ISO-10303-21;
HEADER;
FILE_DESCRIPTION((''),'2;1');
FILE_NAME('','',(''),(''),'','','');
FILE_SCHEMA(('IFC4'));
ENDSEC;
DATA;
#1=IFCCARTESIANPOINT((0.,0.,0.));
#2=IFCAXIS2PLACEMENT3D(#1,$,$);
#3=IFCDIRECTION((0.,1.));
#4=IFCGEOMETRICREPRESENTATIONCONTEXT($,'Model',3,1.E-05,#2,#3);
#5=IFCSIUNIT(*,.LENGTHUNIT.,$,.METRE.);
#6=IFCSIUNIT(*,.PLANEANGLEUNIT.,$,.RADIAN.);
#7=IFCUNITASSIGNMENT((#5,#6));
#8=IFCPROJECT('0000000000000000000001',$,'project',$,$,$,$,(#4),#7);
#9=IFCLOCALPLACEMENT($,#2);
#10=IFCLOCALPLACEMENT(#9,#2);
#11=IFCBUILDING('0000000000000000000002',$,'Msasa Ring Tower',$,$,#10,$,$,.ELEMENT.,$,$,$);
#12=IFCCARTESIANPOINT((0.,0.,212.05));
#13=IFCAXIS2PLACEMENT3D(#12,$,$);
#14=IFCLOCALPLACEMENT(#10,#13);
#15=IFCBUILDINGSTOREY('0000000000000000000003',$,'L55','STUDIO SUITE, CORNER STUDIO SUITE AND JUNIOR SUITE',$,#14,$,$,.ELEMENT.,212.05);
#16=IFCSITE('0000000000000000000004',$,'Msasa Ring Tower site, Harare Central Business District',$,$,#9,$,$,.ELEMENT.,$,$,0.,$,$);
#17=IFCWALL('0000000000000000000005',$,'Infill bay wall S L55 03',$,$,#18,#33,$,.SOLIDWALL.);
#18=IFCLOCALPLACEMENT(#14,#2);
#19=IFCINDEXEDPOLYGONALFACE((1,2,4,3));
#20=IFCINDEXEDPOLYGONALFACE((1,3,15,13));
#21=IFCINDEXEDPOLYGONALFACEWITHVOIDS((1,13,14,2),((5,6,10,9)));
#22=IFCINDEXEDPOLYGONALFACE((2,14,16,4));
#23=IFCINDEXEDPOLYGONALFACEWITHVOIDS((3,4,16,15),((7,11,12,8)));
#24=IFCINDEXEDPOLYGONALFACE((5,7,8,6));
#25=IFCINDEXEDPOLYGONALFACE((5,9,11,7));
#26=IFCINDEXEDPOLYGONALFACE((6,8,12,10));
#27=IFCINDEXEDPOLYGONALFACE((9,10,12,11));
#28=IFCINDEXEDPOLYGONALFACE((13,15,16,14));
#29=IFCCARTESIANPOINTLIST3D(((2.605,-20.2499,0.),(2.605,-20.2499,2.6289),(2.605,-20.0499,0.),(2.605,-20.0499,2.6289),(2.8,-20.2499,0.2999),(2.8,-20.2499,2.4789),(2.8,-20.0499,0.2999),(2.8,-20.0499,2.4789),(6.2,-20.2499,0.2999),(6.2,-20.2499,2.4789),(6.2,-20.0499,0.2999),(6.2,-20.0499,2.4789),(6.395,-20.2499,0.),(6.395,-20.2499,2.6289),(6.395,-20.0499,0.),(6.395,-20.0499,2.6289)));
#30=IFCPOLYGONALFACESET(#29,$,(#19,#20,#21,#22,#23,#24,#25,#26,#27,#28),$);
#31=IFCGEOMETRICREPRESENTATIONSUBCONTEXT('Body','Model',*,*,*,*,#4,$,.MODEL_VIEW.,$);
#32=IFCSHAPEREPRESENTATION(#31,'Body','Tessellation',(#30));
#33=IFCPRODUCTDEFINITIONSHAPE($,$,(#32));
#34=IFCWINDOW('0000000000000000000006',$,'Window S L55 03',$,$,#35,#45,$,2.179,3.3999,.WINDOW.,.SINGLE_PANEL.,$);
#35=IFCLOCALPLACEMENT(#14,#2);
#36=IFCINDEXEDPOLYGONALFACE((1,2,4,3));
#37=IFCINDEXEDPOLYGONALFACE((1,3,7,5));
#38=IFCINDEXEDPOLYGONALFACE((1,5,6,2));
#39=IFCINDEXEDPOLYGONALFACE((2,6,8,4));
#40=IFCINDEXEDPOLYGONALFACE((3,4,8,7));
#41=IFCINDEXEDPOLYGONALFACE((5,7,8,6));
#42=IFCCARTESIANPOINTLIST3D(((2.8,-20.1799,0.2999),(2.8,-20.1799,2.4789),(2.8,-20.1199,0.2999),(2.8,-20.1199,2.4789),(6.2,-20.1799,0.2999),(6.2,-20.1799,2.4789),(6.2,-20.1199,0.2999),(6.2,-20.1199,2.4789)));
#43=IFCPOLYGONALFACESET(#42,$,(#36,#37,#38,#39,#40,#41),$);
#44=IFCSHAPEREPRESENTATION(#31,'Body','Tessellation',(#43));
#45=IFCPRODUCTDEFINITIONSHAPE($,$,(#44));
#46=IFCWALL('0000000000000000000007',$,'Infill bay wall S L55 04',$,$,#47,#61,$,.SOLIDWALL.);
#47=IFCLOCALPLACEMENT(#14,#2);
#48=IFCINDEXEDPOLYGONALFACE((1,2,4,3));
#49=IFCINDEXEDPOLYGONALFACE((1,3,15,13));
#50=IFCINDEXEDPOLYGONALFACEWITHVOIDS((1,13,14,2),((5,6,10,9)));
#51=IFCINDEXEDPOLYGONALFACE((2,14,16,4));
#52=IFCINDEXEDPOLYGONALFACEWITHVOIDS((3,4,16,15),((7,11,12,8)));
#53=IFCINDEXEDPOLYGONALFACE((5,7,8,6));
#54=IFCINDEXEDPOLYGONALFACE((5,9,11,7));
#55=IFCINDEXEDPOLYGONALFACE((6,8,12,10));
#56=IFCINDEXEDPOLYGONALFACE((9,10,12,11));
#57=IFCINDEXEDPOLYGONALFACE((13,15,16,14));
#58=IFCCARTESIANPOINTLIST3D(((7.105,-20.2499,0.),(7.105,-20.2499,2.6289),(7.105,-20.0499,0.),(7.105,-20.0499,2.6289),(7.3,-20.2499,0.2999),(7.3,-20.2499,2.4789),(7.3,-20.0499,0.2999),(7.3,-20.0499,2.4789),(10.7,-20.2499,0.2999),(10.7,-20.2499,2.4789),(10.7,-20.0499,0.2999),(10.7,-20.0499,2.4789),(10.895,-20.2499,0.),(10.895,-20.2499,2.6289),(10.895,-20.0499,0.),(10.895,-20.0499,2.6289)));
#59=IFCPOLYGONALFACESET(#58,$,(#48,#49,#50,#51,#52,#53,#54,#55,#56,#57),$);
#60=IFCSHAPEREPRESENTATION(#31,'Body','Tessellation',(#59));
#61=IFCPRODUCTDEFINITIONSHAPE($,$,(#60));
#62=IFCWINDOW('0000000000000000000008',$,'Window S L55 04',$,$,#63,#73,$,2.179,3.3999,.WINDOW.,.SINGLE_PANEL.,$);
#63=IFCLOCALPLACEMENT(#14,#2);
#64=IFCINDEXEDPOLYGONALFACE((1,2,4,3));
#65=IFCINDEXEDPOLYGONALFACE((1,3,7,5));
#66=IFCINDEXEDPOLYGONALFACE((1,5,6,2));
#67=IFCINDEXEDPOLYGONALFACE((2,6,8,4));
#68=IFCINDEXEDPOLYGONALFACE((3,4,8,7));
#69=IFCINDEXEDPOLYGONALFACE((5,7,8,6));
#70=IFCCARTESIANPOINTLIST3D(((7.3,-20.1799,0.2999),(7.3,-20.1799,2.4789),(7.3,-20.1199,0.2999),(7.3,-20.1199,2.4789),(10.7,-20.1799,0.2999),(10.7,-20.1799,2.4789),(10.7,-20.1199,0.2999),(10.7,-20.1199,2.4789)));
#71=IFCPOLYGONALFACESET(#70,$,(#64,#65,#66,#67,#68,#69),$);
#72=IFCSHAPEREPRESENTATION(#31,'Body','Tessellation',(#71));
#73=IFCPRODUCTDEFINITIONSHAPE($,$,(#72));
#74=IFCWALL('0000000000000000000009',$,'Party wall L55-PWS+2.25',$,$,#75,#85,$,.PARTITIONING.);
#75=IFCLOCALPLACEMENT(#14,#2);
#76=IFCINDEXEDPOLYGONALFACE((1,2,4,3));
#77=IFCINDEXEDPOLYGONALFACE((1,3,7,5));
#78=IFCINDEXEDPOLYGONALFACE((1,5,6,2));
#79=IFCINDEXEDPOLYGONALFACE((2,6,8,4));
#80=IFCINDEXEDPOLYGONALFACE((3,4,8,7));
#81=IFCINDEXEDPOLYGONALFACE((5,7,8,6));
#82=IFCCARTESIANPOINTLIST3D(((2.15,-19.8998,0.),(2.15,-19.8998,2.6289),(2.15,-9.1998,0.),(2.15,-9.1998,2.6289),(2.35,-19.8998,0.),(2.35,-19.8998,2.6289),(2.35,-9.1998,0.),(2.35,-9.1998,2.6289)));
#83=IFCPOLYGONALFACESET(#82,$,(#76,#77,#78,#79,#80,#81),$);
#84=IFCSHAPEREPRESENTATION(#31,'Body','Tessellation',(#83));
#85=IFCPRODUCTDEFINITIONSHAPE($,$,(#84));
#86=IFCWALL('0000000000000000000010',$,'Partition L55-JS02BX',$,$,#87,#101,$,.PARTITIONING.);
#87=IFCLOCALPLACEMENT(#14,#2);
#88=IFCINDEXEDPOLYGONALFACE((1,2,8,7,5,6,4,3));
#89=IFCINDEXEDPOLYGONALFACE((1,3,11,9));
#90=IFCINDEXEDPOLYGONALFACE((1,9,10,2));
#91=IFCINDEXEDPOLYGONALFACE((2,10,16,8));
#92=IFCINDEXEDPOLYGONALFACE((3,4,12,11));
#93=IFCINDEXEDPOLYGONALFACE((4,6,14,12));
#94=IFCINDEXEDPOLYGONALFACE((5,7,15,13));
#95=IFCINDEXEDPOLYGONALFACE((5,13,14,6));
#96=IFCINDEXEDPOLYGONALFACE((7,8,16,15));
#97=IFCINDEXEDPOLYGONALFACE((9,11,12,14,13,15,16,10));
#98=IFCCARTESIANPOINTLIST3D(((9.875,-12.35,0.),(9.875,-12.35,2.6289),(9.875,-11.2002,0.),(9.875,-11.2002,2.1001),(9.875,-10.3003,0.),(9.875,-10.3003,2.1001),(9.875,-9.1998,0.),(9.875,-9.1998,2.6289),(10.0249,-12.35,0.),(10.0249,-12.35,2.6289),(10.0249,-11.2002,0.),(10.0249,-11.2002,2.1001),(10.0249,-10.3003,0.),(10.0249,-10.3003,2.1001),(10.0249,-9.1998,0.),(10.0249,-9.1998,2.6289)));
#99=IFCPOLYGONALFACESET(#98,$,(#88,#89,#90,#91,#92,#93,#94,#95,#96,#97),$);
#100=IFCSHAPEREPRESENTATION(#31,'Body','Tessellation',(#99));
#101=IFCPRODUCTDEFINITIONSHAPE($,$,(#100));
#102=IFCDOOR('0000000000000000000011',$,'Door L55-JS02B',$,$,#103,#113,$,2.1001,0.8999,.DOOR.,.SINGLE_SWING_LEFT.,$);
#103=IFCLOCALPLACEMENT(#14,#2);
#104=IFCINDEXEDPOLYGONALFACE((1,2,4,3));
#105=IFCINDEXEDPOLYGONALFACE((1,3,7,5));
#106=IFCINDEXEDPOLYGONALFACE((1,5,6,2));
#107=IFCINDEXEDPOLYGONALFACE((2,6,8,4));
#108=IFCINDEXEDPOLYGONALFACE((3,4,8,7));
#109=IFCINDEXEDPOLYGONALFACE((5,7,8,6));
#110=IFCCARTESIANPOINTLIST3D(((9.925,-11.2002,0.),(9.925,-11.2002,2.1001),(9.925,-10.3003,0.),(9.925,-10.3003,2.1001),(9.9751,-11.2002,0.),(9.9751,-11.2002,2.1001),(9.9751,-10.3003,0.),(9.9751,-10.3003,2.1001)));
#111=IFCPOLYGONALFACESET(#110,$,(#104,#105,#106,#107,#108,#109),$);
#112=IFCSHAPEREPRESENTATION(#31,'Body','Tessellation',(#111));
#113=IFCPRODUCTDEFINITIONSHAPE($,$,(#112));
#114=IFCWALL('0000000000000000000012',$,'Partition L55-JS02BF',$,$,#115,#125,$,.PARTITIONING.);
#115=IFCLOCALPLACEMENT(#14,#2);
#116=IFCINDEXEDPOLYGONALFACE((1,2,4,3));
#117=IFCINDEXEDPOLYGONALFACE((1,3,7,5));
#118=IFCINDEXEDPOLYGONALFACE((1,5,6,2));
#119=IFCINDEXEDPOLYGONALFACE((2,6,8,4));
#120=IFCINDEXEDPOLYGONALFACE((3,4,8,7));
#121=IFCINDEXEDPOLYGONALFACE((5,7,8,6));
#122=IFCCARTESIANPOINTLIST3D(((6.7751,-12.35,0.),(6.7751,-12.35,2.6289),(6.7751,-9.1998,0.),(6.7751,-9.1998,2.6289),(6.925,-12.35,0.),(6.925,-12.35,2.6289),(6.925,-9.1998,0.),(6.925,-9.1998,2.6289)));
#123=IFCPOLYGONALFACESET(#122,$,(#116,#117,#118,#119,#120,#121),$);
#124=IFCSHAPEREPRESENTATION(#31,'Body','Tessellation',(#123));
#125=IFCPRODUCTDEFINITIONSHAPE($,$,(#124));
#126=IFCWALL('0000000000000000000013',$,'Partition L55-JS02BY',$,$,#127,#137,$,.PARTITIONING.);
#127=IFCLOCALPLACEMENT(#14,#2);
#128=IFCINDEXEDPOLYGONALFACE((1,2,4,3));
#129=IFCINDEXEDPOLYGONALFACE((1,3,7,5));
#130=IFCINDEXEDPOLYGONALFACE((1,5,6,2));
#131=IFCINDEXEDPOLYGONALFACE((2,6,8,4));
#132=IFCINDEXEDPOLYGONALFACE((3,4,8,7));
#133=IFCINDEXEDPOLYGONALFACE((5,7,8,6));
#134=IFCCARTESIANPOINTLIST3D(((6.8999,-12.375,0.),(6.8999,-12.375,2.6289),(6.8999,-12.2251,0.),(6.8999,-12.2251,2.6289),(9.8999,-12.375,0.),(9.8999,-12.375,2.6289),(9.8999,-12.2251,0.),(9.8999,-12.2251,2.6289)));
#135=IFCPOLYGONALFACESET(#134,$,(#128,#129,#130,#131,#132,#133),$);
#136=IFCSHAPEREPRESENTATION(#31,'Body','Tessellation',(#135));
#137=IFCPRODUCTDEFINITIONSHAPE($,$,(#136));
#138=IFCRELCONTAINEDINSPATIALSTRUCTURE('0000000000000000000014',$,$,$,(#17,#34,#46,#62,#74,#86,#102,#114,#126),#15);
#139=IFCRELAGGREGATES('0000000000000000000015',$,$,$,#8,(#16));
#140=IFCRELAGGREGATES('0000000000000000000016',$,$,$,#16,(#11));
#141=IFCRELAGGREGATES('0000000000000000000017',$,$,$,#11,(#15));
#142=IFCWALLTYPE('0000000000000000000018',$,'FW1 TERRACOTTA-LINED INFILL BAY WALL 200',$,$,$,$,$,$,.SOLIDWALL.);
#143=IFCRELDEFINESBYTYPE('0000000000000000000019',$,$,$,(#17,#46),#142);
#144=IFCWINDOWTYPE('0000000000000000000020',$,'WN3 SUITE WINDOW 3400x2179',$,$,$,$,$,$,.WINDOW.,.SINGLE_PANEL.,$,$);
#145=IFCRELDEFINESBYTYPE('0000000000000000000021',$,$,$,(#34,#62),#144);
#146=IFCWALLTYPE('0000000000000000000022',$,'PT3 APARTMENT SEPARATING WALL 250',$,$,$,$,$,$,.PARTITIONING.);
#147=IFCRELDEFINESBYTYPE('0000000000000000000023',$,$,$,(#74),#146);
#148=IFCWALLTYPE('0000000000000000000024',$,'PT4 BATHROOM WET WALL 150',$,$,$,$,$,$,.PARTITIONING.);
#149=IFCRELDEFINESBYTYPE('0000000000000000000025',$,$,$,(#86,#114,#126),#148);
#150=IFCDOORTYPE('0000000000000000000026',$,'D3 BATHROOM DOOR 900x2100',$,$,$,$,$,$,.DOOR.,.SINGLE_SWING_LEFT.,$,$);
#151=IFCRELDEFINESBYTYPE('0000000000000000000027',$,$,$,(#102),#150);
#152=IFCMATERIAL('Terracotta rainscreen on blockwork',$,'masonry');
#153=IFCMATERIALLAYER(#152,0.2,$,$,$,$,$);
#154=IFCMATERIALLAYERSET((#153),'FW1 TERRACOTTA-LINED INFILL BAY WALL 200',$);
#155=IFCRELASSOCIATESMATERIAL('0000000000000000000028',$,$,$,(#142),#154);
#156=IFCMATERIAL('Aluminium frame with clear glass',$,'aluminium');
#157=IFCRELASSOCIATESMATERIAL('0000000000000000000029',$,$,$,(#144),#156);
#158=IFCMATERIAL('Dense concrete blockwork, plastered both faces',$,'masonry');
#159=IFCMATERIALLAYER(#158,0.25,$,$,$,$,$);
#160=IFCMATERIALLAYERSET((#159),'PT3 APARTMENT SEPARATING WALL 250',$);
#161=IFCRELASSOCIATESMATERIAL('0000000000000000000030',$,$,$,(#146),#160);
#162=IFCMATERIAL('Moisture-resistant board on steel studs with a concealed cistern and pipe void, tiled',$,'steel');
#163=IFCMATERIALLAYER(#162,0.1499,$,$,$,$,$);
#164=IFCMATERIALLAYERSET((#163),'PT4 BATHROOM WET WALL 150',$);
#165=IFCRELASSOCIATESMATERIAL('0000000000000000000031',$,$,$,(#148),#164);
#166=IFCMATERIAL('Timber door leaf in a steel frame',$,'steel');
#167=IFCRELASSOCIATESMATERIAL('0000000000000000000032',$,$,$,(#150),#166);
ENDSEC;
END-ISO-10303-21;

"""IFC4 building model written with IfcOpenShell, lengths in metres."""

from ifc_helpers import new_model, si_unit, direction, frame, frame_2d, origin, place, context, subcontext, project, spatial, rectangle, extrude, material, layer, layer_set, type_object, element, fill, save


model = new_model("IFC4")

# Units and contexts
model_context = context("Model", 3, precision=1e-05, world=origin(), true_north=direction((0.0, 1.0)))
body_context = subcontext(model_context, "Body", "Model", "MODEL_VIEW")
ifc_project = project(units=[si_unit("LENGTHUNIT", "METRE"), si_unit("PLANEANGLEUNIT", "RADIAN")], contexts=[model_context])

# Site, building, storey
site_placement = place(None, origin())
site = spatial("IfcSite", under=ifc_project, at=site_placement, Name="Msasa Ring Tower site, Harare Central Business District", CompositionType="ELEMENT", RefElevation=0.0)
building_placement = place(site_placement, origin())
building = spatial("IfcBuilding", under=site, at=building_placement, Name="Msasa Ring Tower", CompositionType="ELEMENT")
storey_placement = place(building_placement, frame((0.0, 0.0, 212.05)))
storey = spatial("IfcBuildingStorey", under=building, at=storey_placement, Name="L55", Description="STUDIO SUITE, CORNER STUDIO SUITE AND JUNIOR SUITE", CompositionType="ELEMENT", Elevation=212.05)

# Walls, openings, windows
ifc_material_1 = material(Name="Terracotta rainscreen on blockwork", Category="masonry")
ifc_layer_1 = layer(ifc_material_1, 0.2)
ifc_layer_set_1 = layer_set([ifc_layer_1], Name="FW1 TERRACOTTA-LINED INFILL BAY WALL 200")
wall_type_1 = type_object("IfcWallType", Name="FW1 TERRACOTTA-LINED INFILL BAY WALL 200", PredefinedType="SOLIDWALL", material=ifc_layer_set_1)
wall_1_placement = place(storey_placement, frame((2.605, -20.1499, 0.0), z_axis=(0.0, 0.0, 1.0), x_axis=(1.0, 0.0, 0.0)))
wall_1 = element("IfcWall", 1, at=wall_1_placement, inside=storey, type_object=wall_type_1, Name="Infill bay wall S L55 03", PredefinedType="SOLIDWALL", context=body_context, shape_type="SweptSolid", body=[
    extrude(rectangle(XDim=3.79, YDim=0.2, at=frame_2d((1.895, 0.0))), origin(), (0.0, 0.0, 1.0), 2.6289),
])
opening_1_placement = place(wall_1_placement, frame((0.1951, 0.0, 0.3)))
opening_1 = element("IfcOpeningElement", 2, at=opening_1_placement, cuts=wall_1, PredefinedType="OPENING", context=body_context, shape_type="SweptSolid", body=[
    extrude(rectangle(XDim=3.3999, YDim=2.179, at=frame_2d((1.7, 1.0894))), frame((0.0, 0.1099, 0.0), z_axis=(0.0, -1.0, 0.0), x_axis=(1.0, 0.0, 0.0)), (0.0, 0.0, 1.0), 0.22),
])
ifc_material_2 = material(Name="Aluminium frame with clear glass", Category="aluminium")
window_type = type_object("IfcWindowType", Name="WN3 SUITE WINDOW 3400x2179", PartitioningType="SINGLE_PANEL", PredefinedType="WINDOW", material=ifc_material_2)
window_1_placement = place(opening_1_placement, origin())
window_1 = element("IfcWindow", 3, at=window_1_placement, inside=storey, type_object=window_type, Name="Window S L55 03", OverallHeight=2.179, OverallWidth=3.3999, PartitioningType="SINGLE_PANEL", PredefinedType="WINDOW", context=body_context, shape_type="SweptSolid", body=[
    extrude(rectangle(XDim=3.3999, YDim=2.179, at=frame_2d((1.7, 1.0894))), frame((0.0, 0.03, 0.0), z_axis=(0.0, -1.0, 0.0), x_axis=(1.0, 0.0, 0.0)), (0.0, 0.0, 1.0), 0.0601),
])
fill(opening_1, window_1)
wall_2_placement = place(storey_placement, frame((7.105, -20.1499, 0.0), z_axis=(0.0, 0.0, 1.0), x_axis=(1.0, 0.0, 0.0)))
wall_2 = element("IfcWall", 4, at=wall_2_placement, inside=storey, type_object=wall_type_1, Name="Infill bay wall S L55 04", PredefinedType="SOLIDWALL", context=body_context, shape_type="SweptSolid", body=[
    extrude(rectangle(XDim=3.79, YDim=0.2, at=frame_2d((1.895, 0.0))), origin(), (0.0, 0.0, 1.0), 2.6289),
])
opening_2_placement = place(wall_2_placement, frame((0.1951, 0.0, 0.3)))
opening_2 = element("IfcOpeningElement", 5, at=opening_2_placement, cuts=wall_2, PredefinedType="OPENING", context=body_context, shape_type="SweptSolid", body=[
    extrude(rectangle(XDim=3.3999, YDim=2.179, at=frame_2d((1.7, 1.0894))), frame((0.0, 0.1099, 0.0), z_axis=(0.0, -1.0, 0.0), x_axis=(1.0, 0.0, 0.0)), (0.0, 0.0, 1.0), 0.22),
])
window_2_placement = place(opening_2_placement, origin())
window_2 = element("IfcWindow", 6, at=window_2_placement, inside=storey, type_object=window_type, Name="Window S L55 04", OverallHeight=2.179, OverallWidth=3.3999, PartitioningType="SINGLE_PANEL", PredefinedType="WINDOW", context=body_context, shape_type="SweptSolid", body=[
    extrude(rectangle(XDim=3.3999, YDim=2.179, at=frame_2d((1.7, 1.0894))), frame((0.0, 0.03, 0.0), z_axis=(0.0, -1.0, 0.0), x_axis=(1.0, 0.0, 0.0)), (0.0, 0.0, 1.0), 0.0601),
])
fill(opening_2, window_2)

# Wall
ifc_material_3 = material(Name="Dense concrete blockwork, plastered both faces", Category="masonry")
ifc_layer_2 = layer(ifc_material_3, 0.25)
ifc_layer_set_2 = layer_set([ifc_layer_2], Name="PT3 APARTMENT SEPARATING WALL 250")
wall_type_2 = type_object("IfcWallType", Name="PT3 APARTMENT SEPARATING WALL 250", PredefinedType="PARTITIONING", material=ifc_layer_set_2)
wall_3_placement = place(storey_placement, frame((2.25, -19.8999, 0.0), z_axis=(0.0, 0.0, 1.0), x_axis=(0.0, 1.0, 0.0)))
element("IfcWall", 7, at=wall_3_placement, inside=storey, type_object=wall_type_2, Name="Party wall L55-PWS+2.25", PredefinedType="PARTITIONING", context=body_context, shape_type="SweptSolid", body=[
    extrude(rectangle(XDim=10.7, YDim=0.2, at=frame_2d((5.3501, 0.0))), origin(), (0.0, 0.0, 1.0), 2.6289),
])

# Wall, opening, door
ifc_material_4 = material(Name="Moisture-resistant board on steel studs with a concealed cistern and pipe void, tiled", Category="steel")
ifc_layer_3 = layer(ifc_material_4, 0.1499)
ifc_layer_set_3 = layer_set([ifc_layer_3], Name="PT4 BATHROOM WET WALL 150")
wall_type_3 = type_object("IfcWallType", Name="PT4 BATHROOM WET WALL 150", PredefinedType="PARTITIONING", material=ifc_layer_set_3)
wall_4_placement = place(storey_placement, frame((9.95, -12.3501, 0.0), z_axis=(0.0, 0.0, 1.0), x_axis=(0.0, 1.0, 0.0)))
wall_4 = element("IfcWall", 8, at=wall_4_placement, inside=storey, type_object=wall_type_3, Name="Partition L55-JS02BX", PredefinedType="PARTITIONING", context=body_context, shape_type="SweptSolid", body=[
    extrude(rectangle(XDim=3.1501, YDim=0.1499, at=frame_2d((1.5752, 0.0))), origin(), (0.0, 0.0, 1.0), 2.6289),
])
opening_3_placement = place(wall_4_placement, frame((1.1499, 0.0, 0.0)))
opening_3 = element("IfcOpeningElement", 9, at=opening_3_placement, cuts=wall_4, PredefinedType="OPENING", context=body_context, shape_type="SweptSolid", body=[
    extrude(rectangle(XDim=0.8999, YDim=2.1001, at=frame_2d((0.45, 1.05))), frame((0.0, 0.085, 0.0), z_axis=(0.0, -1.0, 0.0), x_axis=(1.0, 0.0, 0.0)), (0.0, 0.0, 1.0), 0.1699),
])
ifc_material_5 = material(Name="Timber door leaf in a steel frame", Category="steel")
door_type = type_object("IfcDoorType", Name="D3 BATHROOM DOOR 900x2100", OperationType="SINGLE_SWING_LEFT", PredefinedType="DOOR", material=ifc_material_5)
door_placement = place(opening_3_placement, origin())
door = element("IfcDoor", 10, at=door_placement, inside=storey, type_object=door_type, Name="Door L55-JS02B", OperationType="SINGLE_SWING_LEFT", OverallHeight=2.1001, OverallWidth=0.8999, PredefinedType="DOOR", context=body_context, shape_type="SweptSolid", body=[
    extrude(rectangle(XDim=0.8999, YDim=2.1001, at=frame_2d((0.45, 1.05))), frame((0.0, 0.0249, 0.0), z_axis=(0.0, -1.0, 0.0), x_axis=(1.0, 0.0, 0.0)), (0.0, 0.0, 1.0), 0.05),
])
fill(opening_3, door)

# Walls
wall_5_placement = place(storey_placement, frame((6.8501, -12.3501, 0.0), z_axis=(0.0, 0.0, 1.0), x_axis=(0.0, 1.0, 0.0)))
element("IfcWall", 11, at=wall_5_placement, inside=storey, type_object=wall_type_3, Name="Partition L55-JS02BF", PredefinedType="PARTITIONING", context=body_context, shape_type="SweptSolid", body=[
    extrude(rectangle(XDim=3.1501, YDim=0.1499, at=frame_2d((1.5752, 0.0))), origin(), (0.0, 0.0, 1.0), 2.6289),
])
wall_6_placement = place(storey_placement, frame((6.8999, -12.3, 0.0), z_axis=(0.0, 0.0, 1.0), x_axis=(1.0, 0.0, 0.0)))
element("IfcWall", 12, at=wall_6_placement, inside=storey, type_object=wall_type_3, Name="Partition L55-JS02BY", PredefinedType="PARTITIONING", context=body_context, shape_type="SweptSolid", body=[
    extrude(rectangle(XDim=3.0, YDim=0.1499, at=frame_2d((1.5, 0.0))), origin(), (0.0, 0.0, 1.0), 2.6289),
])

save(model, "model.ifc")
